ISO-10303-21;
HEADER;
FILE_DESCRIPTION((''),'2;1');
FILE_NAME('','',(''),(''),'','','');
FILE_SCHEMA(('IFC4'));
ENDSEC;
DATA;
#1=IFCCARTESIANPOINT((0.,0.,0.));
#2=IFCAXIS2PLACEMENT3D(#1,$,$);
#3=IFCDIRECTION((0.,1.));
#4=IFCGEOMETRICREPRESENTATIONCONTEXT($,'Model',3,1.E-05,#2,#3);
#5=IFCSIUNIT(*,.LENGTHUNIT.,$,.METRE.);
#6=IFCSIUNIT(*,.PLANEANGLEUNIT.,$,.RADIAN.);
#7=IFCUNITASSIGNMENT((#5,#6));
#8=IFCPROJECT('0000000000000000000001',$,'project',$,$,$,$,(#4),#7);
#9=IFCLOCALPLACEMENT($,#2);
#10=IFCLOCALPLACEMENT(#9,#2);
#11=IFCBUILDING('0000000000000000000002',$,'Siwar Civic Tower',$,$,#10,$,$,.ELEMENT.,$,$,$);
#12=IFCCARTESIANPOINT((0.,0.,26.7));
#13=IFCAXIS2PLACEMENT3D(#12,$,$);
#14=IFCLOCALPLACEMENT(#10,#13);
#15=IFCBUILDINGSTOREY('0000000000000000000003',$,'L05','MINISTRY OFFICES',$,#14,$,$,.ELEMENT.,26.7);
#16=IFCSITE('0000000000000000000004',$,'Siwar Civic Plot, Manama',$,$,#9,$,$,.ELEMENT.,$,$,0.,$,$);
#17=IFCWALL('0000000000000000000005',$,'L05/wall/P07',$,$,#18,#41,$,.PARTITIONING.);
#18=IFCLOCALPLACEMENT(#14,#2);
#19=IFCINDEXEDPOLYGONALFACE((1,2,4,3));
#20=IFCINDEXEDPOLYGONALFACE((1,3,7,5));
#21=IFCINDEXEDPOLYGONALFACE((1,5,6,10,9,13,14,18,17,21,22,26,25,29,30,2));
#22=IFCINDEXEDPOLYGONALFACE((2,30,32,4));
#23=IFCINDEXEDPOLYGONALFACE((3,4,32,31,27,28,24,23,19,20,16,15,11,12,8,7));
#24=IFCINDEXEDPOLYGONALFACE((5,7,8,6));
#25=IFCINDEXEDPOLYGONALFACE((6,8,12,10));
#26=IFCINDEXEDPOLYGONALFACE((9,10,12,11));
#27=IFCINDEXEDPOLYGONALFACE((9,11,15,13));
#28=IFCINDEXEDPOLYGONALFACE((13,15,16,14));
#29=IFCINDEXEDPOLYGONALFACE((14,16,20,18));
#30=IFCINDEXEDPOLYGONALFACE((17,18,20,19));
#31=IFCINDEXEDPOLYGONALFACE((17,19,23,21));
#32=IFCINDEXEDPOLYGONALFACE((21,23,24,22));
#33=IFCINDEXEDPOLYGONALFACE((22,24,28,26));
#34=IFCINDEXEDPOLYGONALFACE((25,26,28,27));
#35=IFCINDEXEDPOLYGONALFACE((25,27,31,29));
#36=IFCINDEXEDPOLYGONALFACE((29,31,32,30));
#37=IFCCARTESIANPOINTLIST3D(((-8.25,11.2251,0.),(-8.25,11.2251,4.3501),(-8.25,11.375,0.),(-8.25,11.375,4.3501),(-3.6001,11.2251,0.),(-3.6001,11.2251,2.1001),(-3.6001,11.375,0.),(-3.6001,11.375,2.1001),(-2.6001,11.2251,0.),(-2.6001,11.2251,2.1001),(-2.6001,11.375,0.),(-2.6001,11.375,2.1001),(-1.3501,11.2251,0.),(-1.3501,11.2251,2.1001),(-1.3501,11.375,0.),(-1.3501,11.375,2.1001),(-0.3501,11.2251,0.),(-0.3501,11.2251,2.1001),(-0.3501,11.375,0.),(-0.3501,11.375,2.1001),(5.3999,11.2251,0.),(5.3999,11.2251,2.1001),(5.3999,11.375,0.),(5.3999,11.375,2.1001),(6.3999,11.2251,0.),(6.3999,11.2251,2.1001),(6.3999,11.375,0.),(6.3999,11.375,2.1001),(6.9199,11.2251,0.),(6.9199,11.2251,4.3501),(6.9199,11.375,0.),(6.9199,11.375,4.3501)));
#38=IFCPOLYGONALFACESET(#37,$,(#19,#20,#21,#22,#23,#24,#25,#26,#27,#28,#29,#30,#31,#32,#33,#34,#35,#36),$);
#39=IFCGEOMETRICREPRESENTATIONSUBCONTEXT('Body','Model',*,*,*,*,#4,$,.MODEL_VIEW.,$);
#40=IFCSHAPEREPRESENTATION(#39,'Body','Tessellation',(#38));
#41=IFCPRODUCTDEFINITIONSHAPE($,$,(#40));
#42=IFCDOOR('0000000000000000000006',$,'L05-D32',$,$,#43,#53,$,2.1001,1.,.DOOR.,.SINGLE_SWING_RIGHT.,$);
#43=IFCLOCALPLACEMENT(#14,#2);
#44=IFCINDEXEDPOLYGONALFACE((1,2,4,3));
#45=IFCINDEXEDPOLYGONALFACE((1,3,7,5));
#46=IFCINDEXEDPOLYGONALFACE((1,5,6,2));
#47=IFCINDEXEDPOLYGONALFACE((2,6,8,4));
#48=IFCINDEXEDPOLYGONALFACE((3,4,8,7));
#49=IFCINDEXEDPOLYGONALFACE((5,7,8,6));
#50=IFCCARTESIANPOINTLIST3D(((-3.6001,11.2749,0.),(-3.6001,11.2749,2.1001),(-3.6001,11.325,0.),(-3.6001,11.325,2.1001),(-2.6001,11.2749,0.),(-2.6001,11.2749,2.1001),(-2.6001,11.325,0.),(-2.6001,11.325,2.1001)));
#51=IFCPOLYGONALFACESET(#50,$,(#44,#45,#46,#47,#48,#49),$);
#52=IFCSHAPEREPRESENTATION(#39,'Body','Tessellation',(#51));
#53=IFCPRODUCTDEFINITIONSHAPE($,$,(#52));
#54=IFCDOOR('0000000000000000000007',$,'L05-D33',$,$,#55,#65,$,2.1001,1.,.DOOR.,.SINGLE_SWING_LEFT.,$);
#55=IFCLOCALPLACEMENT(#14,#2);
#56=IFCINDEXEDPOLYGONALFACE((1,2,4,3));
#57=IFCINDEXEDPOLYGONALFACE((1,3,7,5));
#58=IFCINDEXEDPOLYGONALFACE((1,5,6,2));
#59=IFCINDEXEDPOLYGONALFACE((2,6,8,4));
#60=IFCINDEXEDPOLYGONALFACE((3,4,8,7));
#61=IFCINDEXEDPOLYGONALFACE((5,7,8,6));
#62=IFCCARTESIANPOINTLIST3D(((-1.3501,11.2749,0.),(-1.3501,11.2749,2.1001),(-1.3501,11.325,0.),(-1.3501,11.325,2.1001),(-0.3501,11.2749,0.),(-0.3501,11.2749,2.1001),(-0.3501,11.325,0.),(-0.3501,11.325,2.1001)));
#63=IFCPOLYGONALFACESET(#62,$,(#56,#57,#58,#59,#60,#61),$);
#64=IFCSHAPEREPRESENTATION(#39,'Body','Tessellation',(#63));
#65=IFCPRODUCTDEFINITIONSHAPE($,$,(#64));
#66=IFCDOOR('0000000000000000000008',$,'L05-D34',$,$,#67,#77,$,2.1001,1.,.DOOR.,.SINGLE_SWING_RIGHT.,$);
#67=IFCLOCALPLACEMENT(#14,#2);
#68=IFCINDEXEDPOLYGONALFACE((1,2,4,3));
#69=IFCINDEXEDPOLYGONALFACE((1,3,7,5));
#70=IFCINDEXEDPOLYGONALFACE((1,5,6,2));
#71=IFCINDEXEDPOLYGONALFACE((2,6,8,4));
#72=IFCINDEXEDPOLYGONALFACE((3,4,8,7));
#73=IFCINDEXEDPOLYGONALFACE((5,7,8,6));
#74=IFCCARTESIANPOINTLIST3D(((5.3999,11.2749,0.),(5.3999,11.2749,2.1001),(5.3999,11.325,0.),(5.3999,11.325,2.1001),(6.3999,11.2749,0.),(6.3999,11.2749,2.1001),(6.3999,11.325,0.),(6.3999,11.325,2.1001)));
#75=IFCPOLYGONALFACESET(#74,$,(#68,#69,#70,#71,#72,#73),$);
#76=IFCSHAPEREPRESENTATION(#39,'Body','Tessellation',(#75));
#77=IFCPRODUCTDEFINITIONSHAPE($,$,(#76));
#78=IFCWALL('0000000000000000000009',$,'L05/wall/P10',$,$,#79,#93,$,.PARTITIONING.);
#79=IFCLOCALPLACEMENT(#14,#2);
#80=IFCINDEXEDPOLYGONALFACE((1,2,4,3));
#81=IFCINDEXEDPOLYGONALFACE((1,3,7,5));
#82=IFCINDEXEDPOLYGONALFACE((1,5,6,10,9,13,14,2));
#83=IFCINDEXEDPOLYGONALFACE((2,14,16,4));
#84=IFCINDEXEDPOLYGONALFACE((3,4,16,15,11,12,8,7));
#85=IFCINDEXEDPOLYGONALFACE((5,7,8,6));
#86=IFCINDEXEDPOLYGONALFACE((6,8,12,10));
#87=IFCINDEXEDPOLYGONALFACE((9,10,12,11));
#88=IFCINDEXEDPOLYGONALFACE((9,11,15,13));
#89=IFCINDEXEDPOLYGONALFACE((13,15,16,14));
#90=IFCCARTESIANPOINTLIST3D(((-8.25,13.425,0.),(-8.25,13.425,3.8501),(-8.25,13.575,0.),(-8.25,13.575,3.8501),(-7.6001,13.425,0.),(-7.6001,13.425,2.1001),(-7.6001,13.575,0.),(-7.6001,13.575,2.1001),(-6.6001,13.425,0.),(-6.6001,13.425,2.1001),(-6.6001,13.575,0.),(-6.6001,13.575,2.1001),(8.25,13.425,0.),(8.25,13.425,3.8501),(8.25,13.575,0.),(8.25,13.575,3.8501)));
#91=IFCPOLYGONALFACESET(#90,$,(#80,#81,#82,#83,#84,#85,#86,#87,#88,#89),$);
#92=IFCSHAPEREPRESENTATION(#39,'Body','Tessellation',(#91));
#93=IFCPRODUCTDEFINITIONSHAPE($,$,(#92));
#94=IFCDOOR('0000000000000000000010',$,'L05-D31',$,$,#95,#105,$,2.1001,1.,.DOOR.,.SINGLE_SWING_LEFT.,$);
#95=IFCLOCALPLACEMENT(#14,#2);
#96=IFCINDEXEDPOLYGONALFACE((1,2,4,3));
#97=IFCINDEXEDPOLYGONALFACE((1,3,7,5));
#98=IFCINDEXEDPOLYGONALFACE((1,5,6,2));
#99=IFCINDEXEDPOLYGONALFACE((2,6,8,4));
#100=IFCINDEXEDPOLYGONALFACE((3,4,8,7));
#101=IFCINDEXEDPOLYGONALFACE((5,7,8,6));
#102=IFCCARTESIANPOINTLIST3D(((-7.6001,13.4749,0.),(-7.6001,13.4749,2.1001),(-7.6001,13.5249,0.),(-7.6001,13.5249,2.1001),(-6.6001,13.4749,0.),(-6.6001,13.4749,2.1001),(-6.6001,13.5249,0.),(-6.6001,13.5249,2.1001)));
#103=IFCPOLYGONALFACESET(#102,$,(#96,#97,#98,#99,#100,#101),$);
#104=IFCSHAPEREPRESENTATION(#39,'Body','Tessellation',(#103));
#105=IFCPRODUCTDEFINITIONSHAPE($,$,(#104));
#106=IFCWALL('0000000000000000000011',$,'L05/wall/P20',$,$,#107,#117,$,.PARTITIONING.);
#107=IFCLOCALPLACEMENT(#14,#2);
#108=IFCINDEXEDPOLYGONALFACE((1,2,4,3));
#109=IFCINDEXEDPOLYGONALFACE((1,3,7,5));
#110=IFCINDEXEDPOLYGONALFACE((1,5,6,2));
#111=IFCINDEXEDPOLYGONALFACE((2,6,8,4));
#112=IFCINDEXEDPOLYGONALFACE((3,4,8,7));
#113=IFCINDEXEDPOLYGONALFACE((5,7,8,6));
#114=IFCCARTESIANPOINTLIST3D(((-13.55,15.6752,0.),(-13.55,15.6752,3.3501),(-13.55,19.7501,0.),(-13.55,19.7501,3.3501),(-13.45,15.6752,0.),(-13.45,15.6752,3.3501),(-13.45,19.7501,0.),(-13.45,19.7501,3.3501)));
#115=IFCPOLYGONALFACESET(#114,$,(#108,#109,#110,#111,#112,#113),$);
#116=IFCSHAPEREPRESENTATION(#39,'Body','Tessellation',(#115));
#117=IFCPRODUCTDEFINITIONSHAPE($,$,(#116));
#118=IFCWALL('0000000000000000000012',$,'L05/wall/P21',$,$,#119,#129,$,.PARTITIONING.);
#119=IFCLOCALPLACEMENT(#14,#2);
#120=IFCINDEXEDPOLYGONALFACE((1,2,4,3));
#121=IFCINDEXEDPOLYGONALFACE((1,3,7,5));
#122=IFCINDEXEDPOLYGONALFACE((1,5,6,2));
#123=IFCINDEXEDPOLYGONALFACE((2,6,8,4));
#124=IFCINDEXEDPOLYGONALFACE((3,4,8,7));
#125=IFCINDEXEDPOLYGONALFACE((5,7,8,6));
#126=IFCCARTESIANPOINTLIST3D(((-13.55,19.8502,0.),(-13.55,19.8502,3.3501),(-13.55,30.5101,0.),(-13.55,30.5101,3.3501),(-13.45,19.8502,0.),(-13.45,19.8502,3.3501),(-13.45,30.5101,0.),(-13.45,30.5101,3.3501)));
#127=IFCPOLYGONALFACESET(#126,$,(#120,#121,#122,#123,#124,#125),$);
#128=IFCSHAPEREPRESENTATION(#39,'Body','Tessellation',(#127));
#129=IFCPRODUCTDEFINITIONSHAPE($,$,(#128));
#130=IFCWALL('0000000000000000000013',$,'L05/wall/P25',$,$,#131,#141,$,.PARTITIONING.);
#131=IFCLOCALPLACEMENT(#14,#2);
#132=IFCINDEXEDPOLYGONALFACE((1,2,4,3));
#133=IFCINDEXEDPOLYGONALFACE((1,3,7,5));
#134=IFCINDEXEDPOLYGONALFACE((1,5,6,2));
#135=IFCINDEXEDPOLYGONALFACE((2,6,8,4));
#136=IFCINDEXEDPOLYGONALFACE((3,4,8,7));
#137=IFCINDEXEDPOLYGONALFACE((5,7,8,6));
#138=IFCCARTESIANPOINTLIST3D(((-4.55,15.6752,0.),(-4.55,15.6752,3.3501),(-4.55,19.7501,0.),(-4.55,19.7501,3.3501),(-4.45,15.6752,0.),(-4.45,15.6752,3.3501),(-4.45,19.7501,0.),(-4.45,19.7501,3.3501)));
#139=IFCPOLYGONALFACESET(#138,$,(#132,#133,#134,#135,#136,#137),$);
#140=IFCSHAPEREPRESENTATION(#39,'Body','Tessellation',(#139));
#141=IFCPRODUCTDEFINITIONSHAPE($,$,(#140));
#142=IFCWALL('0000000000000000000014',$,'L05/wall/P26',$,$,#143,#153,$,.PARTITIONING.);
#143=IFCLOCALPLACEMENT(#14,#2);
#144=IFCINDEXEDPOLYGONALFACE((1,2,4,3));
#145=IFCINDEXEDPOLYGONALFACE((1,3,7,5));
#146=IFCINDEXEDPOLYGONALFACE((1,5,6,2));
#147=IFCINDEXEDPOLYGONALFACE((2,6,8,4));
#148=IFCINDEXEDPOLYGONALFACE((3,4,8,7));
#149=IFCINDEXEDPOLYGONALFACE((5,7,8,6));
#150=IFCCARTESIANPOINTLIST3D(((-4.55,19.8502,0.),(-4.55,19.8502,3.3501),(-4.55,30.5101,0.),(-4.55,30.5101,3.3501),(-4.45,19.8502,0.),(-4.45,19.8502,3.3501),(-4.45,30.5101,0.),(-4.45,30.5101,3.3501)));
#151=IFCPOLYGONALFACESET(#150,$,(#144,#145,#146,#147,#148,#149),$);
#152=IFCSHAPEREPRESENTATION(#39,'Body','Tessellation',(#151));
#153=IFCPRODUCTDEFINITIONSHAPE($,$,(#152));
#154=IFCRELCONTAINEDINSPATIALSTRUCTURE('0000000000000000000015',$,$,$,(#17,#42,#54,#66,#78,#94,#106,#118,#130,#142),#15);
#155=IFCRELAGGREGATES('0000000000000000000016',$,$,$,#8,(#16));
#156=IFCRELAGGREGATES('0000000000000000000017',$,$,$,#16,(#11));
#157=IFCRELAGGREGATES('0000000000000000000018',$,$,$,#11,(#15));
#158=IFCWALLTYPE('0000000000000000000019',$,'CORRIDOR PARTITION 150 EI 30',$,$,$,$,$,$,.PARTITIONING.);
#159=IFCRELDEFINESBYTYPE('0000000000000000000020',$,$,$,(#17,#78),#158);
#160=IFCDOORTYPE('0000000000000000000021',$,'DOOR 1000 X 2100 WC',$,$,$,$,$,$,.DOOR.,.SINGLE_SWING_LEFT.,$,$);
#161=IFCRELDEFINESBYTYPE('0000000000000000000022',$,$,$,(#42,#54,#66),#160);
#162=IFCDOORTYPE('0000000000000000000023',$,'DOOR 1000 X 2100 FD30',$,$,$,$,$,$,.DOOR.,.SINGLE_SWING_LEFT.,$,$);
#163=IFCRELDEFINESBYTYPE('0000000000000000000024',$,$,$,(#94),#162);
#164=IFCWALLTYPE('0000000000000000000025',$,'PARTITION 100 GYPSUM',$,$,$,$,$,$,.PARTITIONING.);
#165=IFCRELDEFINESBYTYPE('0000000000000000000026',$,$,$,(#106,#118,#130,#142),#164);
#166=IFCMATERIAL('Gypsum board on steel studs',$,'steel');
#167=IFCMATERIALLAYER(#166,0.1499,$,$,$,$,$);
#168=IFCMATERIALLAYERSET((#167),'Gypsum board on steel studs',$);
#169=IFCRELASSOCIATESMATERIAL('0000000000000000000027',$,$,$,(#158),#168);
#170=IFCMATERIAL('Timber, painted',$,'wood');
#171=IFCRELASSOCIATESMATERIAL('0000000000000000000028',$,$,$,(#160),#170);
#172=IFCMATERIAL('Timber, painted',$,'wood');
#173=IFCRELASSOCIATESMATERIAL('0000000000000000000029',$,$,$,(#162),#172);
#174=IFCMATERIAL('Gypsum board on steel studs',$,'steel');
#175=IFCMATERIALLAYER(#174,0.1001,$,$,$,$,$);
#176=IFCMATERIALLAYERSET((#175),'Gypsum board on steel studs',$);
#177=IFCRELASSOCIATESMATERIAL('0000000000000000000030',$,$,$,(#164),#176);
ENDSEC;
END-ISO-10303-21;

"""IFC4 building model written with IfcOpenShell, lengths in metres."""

from ifc_helpers import new_model, si_unit, direction, frame, frame_2d, origin, place, context, subcontext, project, spatial, rectangle, extrude, material, layer, layer_set, type_object, element, fill, save


model = new_model("IFC4")

# Units and contexts
model_context = context("Model", 3, precision=1e-05, world=origin(), true_north=direction((0.0, 1.0)))
body_context = subcontext(model_context, "Body", "Model", "MODEL_VIEW")
ifc_project = project(units=[si_unit("LENGTHUNIT", "METRE"), si_unit("PLANEANGLEUNIT", "RADIAN")], contexts=[model_context])

# Site, building, storey
site_placement = place(None, origin())
site = spatial("IfcSite", under=ifc_project, at=site_placement, Name="Siwar Civic Plot, Manama", CompositionType="ELEMENT", RefElevation=0.0)
building_placement = place(site_placement, origin())
building = spatial("IfcBuilding", under=site, at=building_placement, Name="Siwar Civic Tower", CompositionType="ELEMENT")
storey_placement = place(building_placement, frame((0.0, 0.0, 26.7)))
storey = spatial("IfcBuildingStorey", under=building, at=storey_placement, Name="L05", Description="MINISTRY OFFICES", CompositionType="ELEMENT", Elevation=26.7)

# Wall, openings, doors
ifc_material_1 = material(Name="Gypsum board on steel studs", Category="steel")
ifc_layer_1 = layer(ifc_material_1, 0.1499)
ifc_layer_set_1 = layer_set([ifc_layer_1], Name="Gypsum board on steel studs")
wall_type_1 = type_object("IfcWallType", Name="CORRIDOR PARTITION 150 EI 30", PredefinedType="PARTITIONING", material=ifc_layer_set_1)
wall_1_placement = place(storey_placement, frame((-8.25, 11.3, 0.0), z_axis=(0.0, 0.0, 1.0), x_axis=(1.0, 0.0, 0.0)))
wall_1 = element("IfcWall", 1, at=wall_1_placement, inside=storey, type_object=wall_type_1, Name="L05/wall/P07", PredefinedType="PARTITIONING", context=body_context, shape_type="SweptSolid", body=[
    extrude(rectangle(XDim=15.1699, YDim=0.1499, at=frame_2d((7.585, 0.0))), origin(), (0.0, 0.0, 1.0), 4.3501),
])
opening_1_placement = place(wall_1_placement, frame((4.6499, 0.0, 0.0)))
opening_1 = element("IfcOpeningElement", 2, at=opening_1_placement, cuts=wall_1, PredefinedType="OPENING", context=body_context, shape_type="SweptSolid", body=[
    extrude(rectangle(XDim=1.0, YDim=2.1001, at=frame_2d((0.5, 1.05))), frame((0.0, 0.085, 0.0), z_axis=(0.0, -1.0, 0.0), x_axis=(1.0, 0.0, 0.0)), (0.0, 0.0, 1.0), 0.1699),
])
opening_2_placement = place(wall_1_placement, frame((6.8999, 0.0, 0.0)))
opening_2 = element("IfcOpeningElement", 3, at=opening_2_placement, cuts=wall_1, PredefinedType="OPENING", context=body_context, shape_type="SweptSolid", body=[
    extrude(rectangle(XDim=1.0, YDim=2.1001, at=frame_2d((0.5, 1.05))), frame((0.0, 0.085, 0.0), z_axis=(0.0, -1.0, 0.0), x_axis=(1.0, 0.0, 0.0)), (0.0, 0.0, 1.0), 0.1699),
])
opening_3_placement = place(wall_1_placement, frame((13.6499, 0.0, 0.0)))
opening_3 = element("IfcOpeningElement", 4, at=opening_3_placement, cuts=wall_1, PredefinedType="OPENING", context=body_context, shape_type="SweptSolid", body=[
    extrude(rectangle(XDim=1.0, YDim=2.1001, at=frame_2d((0.5, 1.05))), frame((0.0, 0.085, 0.0), z_axis=(0.0, -1.0, 0.0), x_axis=(1.0, 0.0, 0.0)), (0.0, 0.0, 1.0), 0.1699),
])
ifc_material_2 = material(Name="Timber, painted", Category="wood")
door_type_1 = type_object("IfcDoorType", Name="DOOR 1000 X 2100 WC", OperationType="SINGLE_SWING_LEFT", PredefinedType="DOOR", material=ifc_material_2)
door_1_placement = place(opening_1_placement, origin())
door_1 = element("IfcDoor", 5, at=door_1_placement, inside=storey, type_object=door_type_1, Name="L05-D32", OperationType="SINGLE_SWING_RIGHT", OverallHeight=2.1001, OverallWidth=1.0, PredefinedType="DOOR", context=body_context, shape_type="SweptSolid", body=[
    extrude(rectangle(XDim=1.0, YDim=2.1001, at=frame_2d((0.5, 1.05))), frame((0.0, 0.0249, 0.0), z_axis=(0.0, -1.0, 0.0), x_axis=(1.0, 0.0, 0.0)), (0.0, 0.0, 1.0), 0.05),
])
fill(opening_1, door_1)
door_2_placement = place(opening_2_placement, origin())
door_2 = element("IfcDoor", 6, at=door_2_placement, inside=storey, type_object=door_type_1, Name="L05-D33", OperationType="SINGLE_SWING_LEFT", OverallHeight=2.1001, OverallWidth=1.0, PredefinedType="DOOR", context=body_context, shape_type="SweptSolid", body=[
    extrude(rectangle(XDim=1.0, YDim=2.1001, at=frame_2d((0.5, 1.05))), frame((0.0, 0.0249, 0.0), z_axis=(0.0, -1.0, 0.0), x_axis=(1.0, 0.0, 0.0)), (0.0, 0.0, 1.0), 0.05),
])
fill(opening_2, door_2)
door_3_placement = place(opening_3_placement, origin())
door_3 = element("IfcDoor", 7, at=door_3_placement, inside=storey, type_object=door_type_1, Name="L05-D34", OperationType="SINGLE_SWING_RIGHT", OverallHeight=2.1001, OverallWidth=1.0, PredefinedType="DOOR", context=body_context, shape_type="SweptSolid", body=[
    extrude(rectangle(XDim=1.0, YDim=2.1001, at=frame_2d((0.5, 1.05))), frame((0.0, 0.0249, 0.0), z_axis=(0.0, -1.0, 0.0), x_axis=(1.0, 0.0, 0.0)), (0.0, 0.0, 1.0), 0.05),
])
fill(opening_3, door_3)

# Wall, opening, door
wall_2_placement = place(storey_placement, frame((-8.25, 13.5, 0.0), z_axis=(0.0, 0.0, 1.0), x_axis=(1.0, 0.0, 0.0)))
wall_2 = element("IfcWall", 8, at=wall_2_placement, inside=storey, type_object=wall_type_1, Name="L05/wall/P10", PredefinedType="PARTITIONING", context=body_context, shape_type="SweptSolid", body=[
    extrude(rectangle(XDim=16.5, YDim=0.1499, at=frame_2d((8.25, 0.0))), origin(), (0.0, 0.0, 1.0), 3.8501),
])
opening_4_placement = place(wall_2_placement, frame((0.6499, 0.0, 0.0)))
opening_4 = element("IfcOpeningElement", 9, at=opening_4_placement, cuts=wall_2, PredefinedType="OPENING", context=body_context, shape_type="SweptSolid", body=[
    extrude(rectangle(XDim=1.0, YDim=2.1001, at=frame_2d((0.5, 1.05))), frame((0.0, 0.085, 0.0), z_axis=(0.0, -1.0, 0.0), x_axis=(1.0, 0.0, 0.0)), (0.0, 0.0, 1.0), 0.1699),
])
ifc_material_3 = material(Name="Timber, painted", Category="wood")
door_type_2 = type_object("IfcDoorType", Name="DOOR 1000 X 2100 FD30", OperationType="SINGLE_SWING_LEFT", PredefinedType="DOOR", material=ifc_material_3)
door_4_placement = place(opening_4_placement, origin())
door_4 = element("IfcDoor", 10, at=door_4_placement, inside=storey, type_object=door_type_2, Name="L05-D31", OperationType="SINGLE_SWING_LEFT", OverallHeight=2.1001, OverallWidth=1.0, PredefinedType="DOOR", context=body_context, shape_type="SweptSolid", body=[
    extrude(rectangle(XDim=1.0, YDim=2.1001, at=frame_2d((0.5, 1.05))), frame((0.0, 0.0249, 0.0), z_axis=(0.0, -1.0, 0.0), x_axis=(1.0, 0.0, 0.0)), (0.0, 0.0, 1.0), 0.05),
])
fill(opening_4, door_4)

# Walls
ifc_material_4 = material(Name="Gypsum board on steel studs", Category="steel")
ifc_layer_2 = layer(ifc_material_4, 0.1001)
ifc_layer_set_2 = layer_set([ifc_layer_2], Name="Gypsum board on steel studs")
wall_type_2 = type_object("IfcWallType", Name="PARTITION 100 GYPSUM", PredefinedType="PARTITIONING", material=ifc_layer_set_2)
wall_3_placement = place(storey_placement, frame((-13.5, 15.675, 0.0), z_axis=(0.0, 0.0, 1.0), x_axis=(0.0, 1.0, 0.0)))
element("IfcWall", 11, at=wall_3_placement, inside=storey, type_object=wall_type_2, Name="L05/wall/P20", PredefinedType="PARTITIONING", context=body_context, shape_type="SweptSolid", body=[
    extrude(rectangle(XDim=4.075, YDim=0.1001, at=frame_2d((2.0376, 0.0))), origin(), (0.0, 0.0, 1.0), 3.3501),
])
wall_4_placement = place(storey_placement, frame((-13.5, 19.8501, 0.0), z_axis=(0.0, 0.0, 1.0), x_axis=(0.0, 1.0, 0.0)))
element("IfcWall", 12, at=wall_4_placement, inside=storey, type_object=wall_type_2, Name="L05/wall/P21", PredefinedType="PARTITIONING", context=body_context, shape_type="SweptSolid", body=[
    extrude(rectangle(XDim=10.6599, YDim=0.1001, at=frame_2d((5.3301, 0.0))), origin(), (0.0, 0.0, 1.0), 3.3501),
])
wall_5_placement = place(storey_placement, frame((-4.5, 15.675, 0.0), z_axis=(0.0, 0.0, 1.0), x_axis=(0.0, 1.0, 0.0)))
element("IfcWall", 13, at=wall_5_placement, inside=storey, type_object=wall_type_2, Name="L05/wall/P25", PredefinedType="PARTITIONING", context=body_context, shape_type="SweptSolid", body=[
    extrude(rectangle(XDim=4.075, YDim=0.1001, at=frame_2d((2.0376, 0.0))), origin(), (0.0, 0.0, 1.0), 3.3501),
])
wall_6_placement = place(storey_placement, frame((-4.5, 19.8501, 0.0), z_axis=(0.0, 0.0, 1.0), x_axis=(0.0, 1.0, 0.0)))
element("IfcWall", 14, at=wall_6_placement, inside=storey, type_object=wall_type_2, Name="L05/wall/P26", PredefinedType="PARTITIONING", context=body_context, shape_type="SweptSolid", body=[
    extrude(rectangle(XDim=10.6599, YDim=0.1001, at=frame_2d((5.3301, 0.0))), origin(), (0.0, 0.0, 1.0), 3.3501),
])

save(model, "model.ifc")
